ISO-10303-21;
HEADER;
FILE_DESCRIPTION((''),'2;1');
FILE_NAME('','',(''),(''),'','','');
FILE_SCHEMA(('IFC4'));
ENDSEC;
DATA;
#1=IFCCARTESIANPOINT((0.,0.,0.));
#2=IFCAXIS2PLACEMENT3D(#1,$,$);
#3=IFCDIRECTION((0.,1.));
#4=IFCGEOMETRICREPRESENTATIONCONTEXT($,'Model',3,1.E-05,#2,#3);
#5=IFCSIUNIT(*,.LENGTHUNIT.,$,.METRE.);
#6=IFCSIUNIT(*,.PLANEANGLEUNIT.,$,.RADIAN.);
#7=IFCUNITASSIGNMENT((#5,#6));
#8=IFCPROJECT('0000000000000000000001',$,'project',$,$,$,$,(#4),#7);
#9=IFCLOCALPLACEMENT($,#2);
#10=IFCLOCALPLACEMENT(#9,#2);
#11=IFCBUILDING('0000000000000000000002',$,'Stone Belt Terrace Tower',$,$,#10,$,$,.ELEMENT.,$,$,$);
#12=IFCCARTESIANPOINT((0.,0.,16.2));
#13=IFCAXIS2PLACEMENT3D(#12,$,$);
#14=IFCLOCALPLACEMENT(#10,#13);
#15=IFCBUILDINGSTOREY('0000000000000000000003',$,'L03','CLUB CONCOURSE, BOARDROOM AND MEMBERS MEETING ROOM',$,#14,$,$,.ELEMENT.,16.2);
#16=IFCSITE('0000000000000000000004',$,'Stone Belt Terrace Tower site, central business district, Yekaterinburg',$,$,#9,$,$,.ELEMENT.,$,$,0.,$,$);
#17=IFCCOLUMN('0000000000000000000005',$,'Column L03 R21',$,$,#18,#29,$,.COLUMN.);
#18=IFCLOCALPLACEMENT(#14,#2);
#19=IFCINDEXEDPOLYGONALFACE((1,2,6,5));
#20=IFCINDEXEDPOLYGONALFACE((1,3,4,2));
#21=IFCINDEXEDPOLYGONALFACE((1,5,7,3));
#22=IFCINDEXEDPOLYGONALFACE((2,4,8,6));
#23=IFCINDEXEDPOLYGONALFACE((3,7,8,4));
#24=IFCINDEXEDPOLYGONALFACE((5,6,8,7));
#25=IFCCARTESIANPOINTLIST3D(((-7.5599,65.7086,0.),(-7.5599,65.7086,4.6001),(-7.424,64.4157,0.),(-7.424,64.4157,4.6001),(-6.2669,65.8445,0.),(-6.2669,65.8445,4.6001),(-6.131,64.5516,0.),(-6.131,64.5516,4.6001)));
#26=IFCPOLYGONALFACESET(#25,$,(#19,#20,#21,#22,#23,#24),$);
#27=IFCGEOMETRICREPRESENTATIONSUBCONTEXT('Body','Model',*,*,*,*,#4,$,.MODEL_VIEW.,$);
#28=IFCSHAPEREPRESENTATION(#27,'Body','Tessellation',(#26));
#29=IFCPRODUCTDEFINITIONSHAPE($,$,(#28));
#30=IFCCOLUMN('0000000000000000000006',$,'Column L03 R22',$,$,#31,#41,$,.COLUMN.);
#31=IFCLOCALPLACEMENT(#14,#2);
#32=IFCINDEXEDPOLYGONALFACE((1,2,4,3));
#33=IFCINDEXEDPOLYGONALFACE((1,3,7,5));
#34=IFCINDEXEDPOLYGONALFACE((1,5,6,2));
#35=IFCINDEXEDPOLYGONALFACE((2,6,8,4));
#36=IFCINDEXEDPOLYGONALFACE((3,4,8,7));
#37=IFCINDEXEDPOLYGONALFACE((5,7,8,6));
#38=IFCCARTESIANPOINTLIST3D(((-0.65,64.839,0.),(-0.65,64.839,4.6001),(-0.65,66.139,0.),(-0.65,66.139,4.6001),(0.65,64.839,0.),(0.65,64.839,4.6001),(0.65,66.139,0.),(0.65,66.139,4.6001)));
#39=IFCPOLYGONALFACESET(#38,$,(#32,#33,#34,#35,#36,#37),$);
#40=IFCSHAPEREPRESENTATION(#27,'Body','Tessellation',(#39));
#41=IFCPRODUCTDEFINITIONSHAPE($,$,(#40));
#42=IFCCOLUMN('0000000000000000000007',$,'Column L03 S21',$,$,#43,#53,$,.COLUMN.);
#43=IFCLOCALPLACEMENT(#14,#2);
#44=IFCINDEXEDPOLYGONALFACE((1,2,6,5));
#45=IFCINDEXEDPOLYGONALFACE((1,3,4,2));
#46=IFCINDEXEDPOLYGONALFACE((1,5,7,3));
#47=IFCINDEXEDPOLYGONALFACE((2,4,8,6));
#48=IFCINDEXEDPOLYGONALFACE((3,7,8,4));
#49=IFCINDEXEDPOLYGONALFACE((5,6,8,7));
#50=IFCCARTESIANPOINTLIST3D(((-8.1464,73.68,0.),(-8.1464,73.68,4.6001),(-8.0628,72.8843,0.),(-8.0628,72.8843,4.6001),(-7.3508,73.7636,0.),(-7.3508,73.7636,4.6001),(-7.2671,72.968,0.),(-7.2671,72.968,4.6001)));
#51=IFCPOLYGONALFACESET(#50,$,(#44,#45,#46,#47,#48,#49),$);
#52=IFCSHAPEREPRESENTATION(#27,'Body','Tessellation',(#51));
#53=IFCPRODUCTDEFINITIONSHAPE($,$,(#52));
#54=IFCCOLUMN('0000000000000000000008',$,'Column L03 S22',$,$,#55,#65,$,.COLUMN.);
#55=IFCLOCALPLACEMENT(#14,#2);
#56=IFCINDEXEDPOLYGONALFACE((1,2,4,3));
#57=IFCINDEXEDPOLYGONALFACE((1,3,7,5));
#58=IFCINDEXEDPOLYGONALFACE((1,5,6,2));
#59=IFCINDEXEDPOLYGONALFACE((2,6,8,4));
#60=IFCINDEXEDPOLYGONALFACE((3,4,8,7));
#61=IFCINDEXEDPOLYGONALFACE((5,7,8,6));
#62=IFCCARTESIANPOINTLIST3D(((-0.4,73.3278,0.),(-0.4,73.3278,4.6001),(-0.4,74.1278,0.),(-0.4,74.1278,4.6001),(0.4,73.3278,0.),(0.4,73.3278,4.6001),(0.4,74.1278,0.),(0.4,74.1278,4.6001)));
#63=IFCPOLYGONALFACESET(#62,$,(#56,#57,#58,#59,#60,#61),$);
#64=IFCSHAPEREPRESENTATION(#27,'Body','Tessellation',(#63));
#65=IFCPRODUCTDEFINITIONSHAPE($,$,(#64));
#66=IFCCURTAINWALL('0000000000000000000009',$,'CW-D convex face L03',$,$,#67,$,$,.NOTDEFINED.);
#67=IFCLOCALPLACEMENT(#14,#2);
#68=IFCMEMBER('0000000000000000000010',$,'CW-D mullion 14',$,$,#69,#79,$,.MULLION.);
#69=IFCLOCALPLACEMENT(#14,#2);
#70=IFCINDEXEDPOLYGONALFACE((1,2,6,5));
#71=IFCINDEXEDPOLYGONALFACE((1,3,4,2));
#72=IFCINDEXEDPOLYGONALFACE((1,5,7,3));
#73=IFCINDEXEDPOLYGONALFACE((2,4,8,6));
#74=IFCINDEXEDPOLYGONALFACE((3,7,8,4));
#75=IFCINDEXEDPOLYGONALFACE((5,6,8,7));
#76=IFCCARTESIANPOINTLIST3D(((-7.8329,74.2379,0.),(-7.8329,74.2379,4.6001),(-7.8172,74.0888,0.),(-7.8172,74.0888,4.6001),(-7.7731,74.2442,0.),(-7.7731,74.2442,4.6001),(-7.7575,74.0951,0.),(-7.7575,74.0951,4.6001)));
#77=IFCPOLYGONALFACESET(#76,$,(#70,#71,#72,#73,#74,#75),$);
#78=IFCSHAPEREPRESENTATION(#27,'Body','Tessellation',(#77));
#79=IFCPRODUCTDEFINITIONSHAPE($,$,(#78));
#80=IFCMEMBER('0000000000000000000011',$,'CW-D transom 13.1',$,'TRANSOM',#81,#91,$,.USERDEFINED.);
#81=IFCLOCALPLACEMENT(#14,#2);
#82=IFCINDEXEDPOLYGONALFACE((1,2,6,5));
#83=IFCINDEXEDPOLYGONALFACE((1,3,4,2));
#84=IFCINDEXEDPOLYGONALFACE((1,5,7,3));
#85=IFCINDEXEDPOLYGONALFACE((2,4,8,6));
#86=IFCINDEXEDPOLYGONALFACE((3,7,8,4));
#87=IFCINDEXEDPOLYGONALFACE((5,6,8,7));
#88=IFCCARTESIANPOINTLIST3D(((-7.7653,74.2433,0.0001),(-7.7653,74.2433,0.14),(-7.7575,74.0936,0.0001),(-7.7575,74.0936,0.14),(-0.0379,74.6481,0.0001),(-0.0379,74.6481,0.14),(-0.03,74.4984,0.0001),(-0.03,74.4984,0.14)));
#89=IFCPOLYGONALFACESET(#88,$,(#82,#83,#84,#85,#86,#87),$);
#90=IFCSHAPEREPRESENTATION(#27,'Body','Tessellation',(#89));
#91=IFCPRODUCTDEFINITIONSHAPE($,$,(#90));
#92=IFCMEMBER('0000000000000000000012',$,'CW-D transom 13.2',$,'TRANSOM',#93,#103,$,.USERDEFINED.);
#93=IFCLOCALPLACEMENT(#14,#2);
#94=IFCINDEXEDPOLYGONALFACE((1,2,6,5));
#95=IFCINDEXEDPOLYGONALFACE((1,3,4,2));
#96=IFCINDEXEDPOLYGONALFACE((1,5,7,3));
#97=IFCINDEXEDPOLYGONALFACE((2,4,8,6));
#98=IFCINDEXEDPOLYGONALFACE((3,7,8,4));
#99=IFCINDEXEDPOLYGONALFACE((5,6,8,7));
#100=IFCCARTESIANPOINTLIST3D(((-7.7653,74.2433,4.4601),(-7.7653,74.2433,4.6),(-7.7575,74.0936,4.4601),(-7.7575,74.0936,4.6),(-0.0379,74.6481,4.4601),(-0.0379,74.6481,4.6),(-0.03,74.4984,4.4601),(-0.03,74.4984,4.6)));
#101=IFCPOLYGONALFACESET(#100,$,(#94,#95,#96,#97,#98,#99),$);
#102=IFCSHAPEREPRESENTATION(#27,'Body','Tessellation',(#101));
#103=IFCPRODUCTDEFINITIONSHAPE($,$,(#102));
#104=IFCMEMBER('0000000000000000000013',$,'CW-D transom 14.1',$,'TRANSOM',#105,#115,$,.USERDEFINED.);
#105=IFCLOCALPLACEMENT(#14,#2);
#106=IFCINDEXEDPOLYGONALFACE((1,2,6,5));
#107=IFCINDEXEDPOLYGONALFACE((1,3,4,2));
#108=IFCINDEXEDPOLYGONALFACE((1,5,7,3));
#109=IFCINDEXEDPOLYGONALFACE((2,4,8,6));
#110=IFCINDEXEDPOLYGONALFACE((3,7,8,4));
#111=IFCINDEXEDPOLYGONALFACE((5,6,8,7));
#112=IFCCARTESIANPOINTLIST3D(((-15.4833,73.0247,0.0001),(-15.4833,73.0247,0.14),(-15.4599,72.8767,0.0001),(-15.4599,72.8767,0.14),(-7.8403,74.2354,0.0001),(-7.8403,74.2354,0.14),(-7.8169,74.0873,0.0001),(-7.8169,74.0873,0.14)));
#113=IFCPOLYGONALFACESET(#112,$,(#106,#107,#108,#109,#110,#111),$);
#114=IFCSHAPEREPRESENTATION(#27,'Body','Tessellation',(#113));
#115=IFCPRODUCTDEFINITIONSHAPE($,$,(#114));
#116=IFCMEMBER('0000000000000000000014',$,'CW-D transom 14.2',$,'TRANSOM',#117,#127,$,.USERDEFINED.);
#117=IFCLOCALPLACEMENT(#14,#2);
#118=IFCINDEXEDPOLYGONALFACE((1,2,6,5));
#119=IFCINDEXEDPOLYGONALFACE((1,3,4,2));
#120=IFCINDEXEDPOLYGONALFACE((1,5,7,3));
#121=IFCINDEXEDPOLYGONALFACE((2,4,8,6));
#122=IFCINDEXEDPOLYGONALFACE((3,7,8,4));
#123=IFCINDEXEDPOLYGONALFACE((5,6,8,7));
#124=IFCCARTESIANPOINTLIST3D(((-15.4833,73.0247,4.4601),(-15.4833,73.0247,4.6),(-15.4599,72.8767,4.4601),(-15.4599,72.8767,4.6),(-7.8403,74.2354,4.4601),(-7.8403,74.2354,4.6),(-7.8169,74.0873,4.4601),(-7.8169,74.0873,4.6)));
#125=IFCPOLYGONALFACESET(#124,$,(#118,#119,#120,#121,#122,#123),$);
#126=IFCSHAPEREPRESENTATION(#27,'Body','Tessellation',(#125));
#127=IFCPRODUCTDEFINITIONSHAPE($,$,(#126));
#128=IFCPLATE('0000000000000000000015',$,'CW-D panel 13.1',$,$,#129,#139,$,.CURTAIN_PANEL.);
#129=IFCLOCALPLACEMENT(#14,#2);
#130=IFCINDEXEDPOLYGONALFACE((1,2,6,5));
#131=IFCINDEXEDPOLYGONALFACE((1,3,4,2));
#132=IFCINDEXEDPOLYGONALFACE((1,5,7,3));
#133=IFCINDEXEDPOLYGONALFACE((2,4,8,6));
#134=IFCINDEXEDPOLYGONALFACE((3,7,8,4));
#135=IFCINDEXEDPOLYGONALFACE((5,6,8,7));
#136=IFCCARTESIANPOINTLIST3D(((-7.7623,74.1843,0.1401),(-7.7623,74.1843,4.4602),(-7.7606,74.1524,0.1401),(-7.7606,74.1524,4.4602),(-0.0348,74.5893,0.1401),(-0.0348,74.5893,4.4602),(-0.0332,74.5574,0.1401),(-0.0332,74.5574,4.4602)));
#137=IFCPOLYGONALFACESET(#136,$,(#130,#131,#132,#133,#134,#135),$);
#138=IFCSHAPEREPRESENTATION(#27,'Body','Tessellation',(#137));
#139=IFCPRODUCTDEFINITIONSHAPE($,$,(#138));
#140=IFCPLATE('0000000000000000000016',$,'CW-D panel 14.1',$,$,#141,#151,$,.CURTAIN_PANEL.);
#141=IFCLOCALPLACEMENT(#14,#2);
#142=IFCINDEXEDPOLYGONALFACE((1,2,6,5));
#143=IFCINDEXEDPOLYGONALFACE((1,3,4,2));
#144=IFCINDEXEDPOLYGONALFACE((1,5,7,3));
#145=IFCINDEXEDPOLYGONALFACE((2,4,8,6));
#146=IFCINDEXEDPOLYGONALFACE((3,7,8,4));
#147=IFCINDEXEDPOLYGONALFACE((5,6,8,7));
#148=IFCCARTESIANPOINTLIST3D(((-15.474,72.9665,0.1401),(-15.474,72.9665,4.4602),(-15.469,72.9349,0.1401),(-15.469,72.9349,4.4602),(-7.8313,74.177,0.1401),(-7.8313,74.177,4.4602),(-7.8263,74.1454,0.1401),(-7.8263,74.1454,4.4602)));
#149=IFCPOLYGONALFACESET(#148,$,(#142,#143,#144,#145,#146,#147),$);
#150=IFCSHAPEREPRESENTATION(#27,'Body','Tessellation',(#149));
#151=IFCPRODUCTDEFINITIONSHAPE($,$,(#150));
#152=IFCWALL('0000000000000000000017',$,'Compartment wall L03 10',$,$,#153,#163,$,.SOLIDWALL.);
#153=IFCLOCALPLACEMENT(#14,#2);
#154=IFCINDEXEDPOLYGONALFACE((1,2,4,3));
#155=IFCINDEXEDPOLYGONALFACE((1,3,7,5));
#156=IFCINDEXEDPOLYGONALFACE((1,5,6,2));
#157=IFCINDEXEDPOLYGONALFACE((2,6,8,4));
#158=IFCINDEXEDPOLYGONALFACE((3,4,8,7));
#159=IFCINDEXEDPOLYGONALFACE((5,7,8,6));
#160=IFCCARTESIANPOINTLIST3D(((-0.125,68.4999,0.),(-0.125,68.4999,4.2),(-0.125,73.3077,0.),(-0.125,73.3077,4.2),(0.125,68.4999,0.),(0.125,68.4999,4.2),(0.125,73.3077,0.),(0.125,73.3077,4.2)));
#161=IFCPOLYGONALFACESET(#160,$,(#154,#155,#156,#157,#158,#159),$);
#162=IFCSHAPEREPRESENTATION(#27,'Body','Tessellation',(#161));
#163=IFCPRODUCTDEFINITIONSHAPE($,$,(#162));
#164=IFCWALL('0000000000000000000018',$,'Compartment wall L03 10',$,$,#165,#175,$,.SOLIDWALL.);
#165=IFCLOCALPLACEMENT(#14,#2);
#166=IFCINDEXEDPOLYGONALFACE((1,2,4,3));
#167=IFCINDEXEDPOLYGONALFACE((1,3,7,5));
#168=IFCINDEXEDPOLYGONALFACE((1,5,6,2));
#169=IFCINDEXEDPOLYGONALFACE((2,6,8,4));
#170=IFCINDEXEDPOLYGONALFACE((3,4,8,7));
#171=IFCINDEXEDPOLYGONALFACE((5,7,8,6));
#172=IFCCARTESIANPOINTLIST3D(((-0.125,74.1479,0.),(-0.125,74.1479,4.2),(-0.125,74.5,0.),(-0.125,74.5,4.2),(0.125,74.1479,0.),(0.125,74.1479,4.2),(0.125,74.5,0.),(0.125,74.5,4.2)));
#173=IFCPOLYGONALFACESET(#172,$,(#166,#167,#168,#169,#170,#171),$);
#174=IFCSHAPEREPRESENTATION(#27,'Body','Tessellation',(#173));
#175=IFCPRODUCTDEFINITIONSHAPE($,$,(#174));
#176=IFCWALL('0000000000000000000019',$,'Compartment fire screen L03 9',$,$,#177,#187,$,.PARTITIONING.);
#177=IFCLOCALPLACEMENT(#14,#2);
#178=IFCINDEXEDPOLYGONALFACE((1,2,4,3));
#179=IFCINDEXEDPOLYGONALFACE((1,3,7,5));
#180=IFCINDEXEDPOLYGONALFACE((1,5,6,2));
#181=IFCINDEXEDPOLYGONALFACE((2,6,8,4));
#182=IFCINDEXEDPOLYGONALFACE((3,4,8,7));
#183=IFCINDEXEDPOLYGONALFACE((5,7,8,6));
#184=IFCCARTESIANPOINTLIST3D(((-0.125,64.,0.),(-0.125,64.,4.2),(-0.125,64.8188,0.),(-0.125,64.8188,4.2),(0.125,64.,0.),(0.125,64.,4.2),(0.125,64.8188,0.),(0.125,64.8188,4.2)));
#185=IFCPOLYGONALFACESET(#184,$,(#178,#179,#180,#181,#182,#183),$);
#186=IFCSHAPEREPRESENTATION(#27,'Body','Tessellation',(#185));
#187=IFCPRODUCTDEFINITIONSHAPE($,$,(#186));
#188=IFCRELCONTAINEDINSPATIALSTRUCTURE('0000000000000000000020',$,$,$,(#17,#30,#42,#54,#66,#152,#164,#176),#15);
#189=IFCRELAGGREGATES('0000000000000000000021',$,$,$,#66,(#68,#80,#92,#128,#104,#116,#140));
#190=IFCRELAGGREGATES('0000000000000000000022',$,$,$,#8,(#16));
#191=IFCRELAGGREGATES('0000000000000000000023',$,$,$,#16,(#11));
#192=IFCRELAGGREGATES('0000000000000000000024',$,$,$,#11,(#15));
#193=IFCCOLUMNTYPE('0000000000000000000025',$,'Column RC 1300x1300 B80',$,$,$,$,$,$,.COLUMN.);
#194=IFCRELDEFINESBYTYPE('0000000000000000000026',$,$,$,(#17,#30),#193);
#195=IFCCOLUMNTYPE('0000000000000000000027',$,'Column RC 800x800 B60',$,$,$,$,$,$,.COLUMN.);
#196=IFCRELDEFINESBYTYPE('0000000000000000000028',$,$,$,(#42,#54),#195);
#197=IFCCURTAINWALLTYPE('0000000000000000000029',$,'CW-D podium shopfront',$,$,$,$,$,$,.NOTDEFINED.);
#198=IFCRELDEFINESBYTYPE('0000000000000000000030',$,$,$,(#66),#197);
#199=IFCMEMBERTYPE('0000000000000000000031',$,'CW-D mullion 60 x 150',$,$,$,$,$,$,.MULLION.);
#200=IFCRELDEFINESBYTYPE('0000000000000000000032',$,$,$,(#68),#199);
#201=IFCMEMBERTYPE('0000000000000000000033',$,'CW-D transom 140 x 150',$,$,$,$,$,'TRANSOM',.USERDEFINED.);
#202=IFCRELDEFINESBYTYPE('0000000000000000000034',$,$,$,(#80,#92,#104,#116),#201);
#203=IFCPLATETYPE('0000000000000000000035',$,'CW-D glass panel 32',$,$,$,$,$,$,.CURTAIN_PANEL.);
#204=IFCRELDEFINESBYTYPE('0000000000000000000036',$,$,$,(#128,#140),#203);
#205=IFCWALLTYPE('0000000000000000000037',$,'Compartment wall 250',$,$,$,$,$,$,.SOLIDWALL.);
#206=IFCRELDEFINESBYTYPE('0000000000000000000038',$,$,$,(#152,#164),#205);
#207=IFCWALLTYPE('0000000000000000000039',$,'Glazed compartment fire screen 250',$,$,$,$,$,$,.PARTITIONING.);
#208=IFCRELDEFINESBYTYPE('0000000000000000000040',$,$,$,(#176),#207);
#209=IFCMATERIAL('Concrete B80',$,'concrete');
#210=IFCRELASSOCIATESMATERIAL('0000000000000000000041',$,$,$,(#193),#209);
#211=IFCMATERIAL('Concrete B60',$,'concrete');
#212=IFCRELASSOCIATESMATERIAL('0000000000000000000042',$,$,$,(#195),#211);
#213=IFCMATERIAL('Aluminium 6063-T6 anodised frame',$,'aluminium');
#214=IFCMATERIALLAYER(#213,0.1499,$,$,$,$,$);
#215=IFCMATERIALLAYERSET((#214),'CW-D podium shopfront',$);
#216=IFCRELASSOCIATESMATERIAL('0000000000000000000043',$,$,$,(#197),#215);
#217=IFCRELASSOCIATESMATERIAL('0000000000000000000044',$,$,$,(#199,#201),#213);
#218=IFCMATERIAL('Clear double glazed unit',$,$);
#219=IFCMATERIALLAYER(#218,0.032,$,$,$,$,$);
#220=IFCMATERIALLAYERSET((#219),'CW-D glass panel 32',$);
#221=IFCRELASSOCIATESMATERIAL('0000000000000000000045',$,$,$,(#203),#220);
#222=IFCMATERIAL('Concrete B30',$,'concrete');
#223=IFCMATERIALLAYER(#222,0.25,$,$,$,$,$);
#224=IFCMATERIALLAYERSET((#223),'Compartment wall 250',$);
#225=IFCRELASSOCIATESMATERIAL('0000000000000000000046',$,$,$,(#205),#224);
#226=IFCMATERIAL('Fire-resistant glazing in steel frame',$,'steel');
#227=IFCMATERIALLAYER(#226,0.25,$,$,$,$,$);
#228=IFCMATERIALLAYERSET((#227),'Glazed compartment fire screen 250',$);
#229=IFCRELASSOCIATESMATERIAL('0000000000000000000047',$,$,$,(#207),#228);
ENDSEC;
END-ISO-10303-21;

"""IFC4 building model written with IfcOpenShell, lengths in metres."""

from ifc_helpers import new_model, si_unit, direction, frame, frame_2d, origin, origin_2d, place, context, subcontext, project, spatial, rectangle, extrude, material, layer, layer_set, material_profile, profile_set, type_object, element, aggregate, save


model = new_model("IFC4")

# Units and contexts
model_context = context("Model", 3, precision=1e-05, world=origin(), true_north=direction((0.0, 1.0)))
body_context = subcontext(model_context, "Body", "Model", "MODEL_VIEW")
ifc_project = project(units=[si_unit("LENGTHUNIT", "METRE"), si_unit("PLANEANGLEUNIT", "RADIAN")], contexts=[model_context])

# Site, building, storey
site_placement = place(None, origin())
site = spatial("IfcSite", under=ifc_project, at=site_placement, Name="Stone Belt Terrace Tower site, central business district, Yekaterinburg", CompositionType="ELEMENT", RefElevation=0.0)
building_placement = place(site_placement, origin())
building = spatial("IfcBuilding", under=site, at=building_placement, Name="Stone Belt Terrace Tower", CompositionType="ELEMENT")
storey_placement = place(building_placement, frame((0.0, 0.0, 16.2)))
storey = spatial("IfcBuildingStorey", under=building, at=storey_placement, Name="L03", Description="CLUB CONCOURSE, BOARDROOM AND MEMBERS MEETING ROOM", CompositionType="ELEMENT", Elevation=16.2)

# Columns
ifc_material_1 = material(Name="Concrete B80", Category="concrete")
ifc_material_profile_1 = material_profile(ifc_material_1, rectangle(XDim=1.3, YDim=1.3, at=origin_2d()), Name="RC 1300x1300")
ifc_profile_set_1 = profile_set([ifc_material_profile_1], Name="Concrete B80")
column_type_1 = type_object("IfcColumnType", Name="Column RC 1300x1300 B80", PredefinedType="COLUMN", material=ifc_profile_set_1)
for number, where, z_axis, x_axis, name in (
    (1, (-6.8455, 65.1301, 0.0), (0.0, 0.0, 1.0), (0.994522, 0.104528, 0.0), "Column L03 R21"),
    (2, (0.0, 65.489, 0.0), (0.0, 0.0, 1.0), (1.0, 0.0, 0.0), "Column L03 R22"),
):
    element("IfcColumn", number, at=place(storey_placement, frame(where, z_axis=z_axis, x_axis=x_axis)), inside=storey, type_object=column_type_1, Name=name, PredefinedType="COLUMN", context=body_context, shape_type="SweptSolid", body=[
        extrude(rectangle(XDim=1.3, YDim=1.3, at=origin_2d()), origin(), (0.0, 0.0, 1.0), 4.6001),
    ])
ifc_material_2 = material(Name="Concrete B60", Category="concrete")
ifc_material_profile_2 = material_profile(ifc_material_2, rectangle(XDim=0.8, YDim=0.8, at=origin_2d()), Name="RC 800x800")
ifc_profile_set_2 = profile_set([ifc_material_profile_2], Name="Concrete B60")
column_type_2 = type_object("IfcColumnType", Name="Column RC 800x800 B60", PredefinedType="COLUMN", material=ifc_profile_set_2)
for number, where, z_axis, x_axis, name in (
    (3, (-7.7068, 73.324, 0.0), (0.0, 0.0, 1.0), (0.994522, 0.104528, 0.0), "Column L03 S21"),
    (4, (0.0, 73.7278, 0.0), (0.0, 0.0, 1.0), (1.0, 0.0, 0.0), "Column L03 S22"),
):
    element("IfcColumn", number, at=place(storey_placement, frame(where, z_axis=z_axis, x_axis=x_axis)), inside=storey, type_object=column_type_2, Name=name, PredefinedType="COLUMN", context=body_context, shape_type="SweptSolid", body=[
        extrude(rectangle(XDim=0.8, YDim=0.8, at=origin_2d()), origin(), (0.0, 0.0, 1.0), 4.6001),
    ])

# Curtain wall, members, plates
ifc_material_3 = material(Name="Aluminium 6063-T6 anodised frame", Category="aluminium")
ifc_layer_1 = layer(ifc_material_3, 0.1499)
ifc_layer_set_1 = layer_set([ifc_layer_1], Name="CW-D podium shopfront")
curtain_wall_type = type_object("IfcCurtainWallType", Name="CW-D podium shopfront", PredefinedType="NOTDEFINED", material=ifc_layer_set_1)
curtain_wall_placement = place(storey_placement, origin())
curtain_wall = element("IfcCurtainWall", 5, at=curtain_wall_placement, inside=storey, type_object=curtain_wall_type, Name="CW-D convex face L03", PredefinedType="NOTDEFINED")
ifc_material_profile_3 = material_profile(ifc_material_3, rectangle(XDim=0.1499, YDim=0.0601, at=origin_2d()), Name="Aluminium 6063-T6 60x150")
ifc_profile_set_3 = profile_set([ifc_material_profile_3], Name="Aluminium 6063-T6 anodised frame")
member_type_1 = type_object("IfcMemberType", Name="CW-D mullion 60 x 150", PredefinedType="MULLION", material=ifc_profile_set_3)
member_1_placement = place(storey_placement, frame((-7.7952, 74.1665, 0.0), z_axis=(0.0, 0.0, 1.0), x_axis=(0.104528, -0.994522, 0.0)))
member_1 = element("IfcMember", 6, at=member_1_placement, type_object=member_type_1, Name="CW-D mullion 14", PredefinedType="MULLION", context=body_context, shape_type="SweptSolid", body=[
    extrude(rectangle(XDim=0.1499, YDim=0.0601, at=origin_2d()), origin(), (0.0, 0.0, 1.0), 4.6001),
])
ifc_material_profile_4 = material_profile(ifc_material_3, rectangle(XDim=0.1499, YDim=0.1399, at=origin_2d()), Name="Aluminium 6063-T6 150x140")
ifc_profile_set_4 = profile_set([ifc_material_profile_4], Name="Aluminium 6063-T6 anodised frame")
member_type_2 = type_object("IfcMemberType", Name="CW-D transom 140 x 150", ElementType="TRANSOM", PredefinedType="USERDEFINED", material=ifc_profile_set_4)
member_2_placement = place(storey_placement, frame((-0.0339, 74.5732, 0.0701), z_axis=(-0.998631, -0.05231, 0.0), x_axis=(0.05231, -0.998631, 0.0)))
member_2 = element("IfcMember", 7, at=member_2_placement, type_object=member_type_2, Name="CW-D transom 13.1", ObjectType="TRANSOM", PredefinedType="USERDEFINED", context=body_context, shape_type="SweptSolid", body=[
    extrude(rectangle(XDim=0.1499, YDim=0.1399, at=origin_2d()), origin(), (0.0, 0.0, 1.0), 7.738),
])
member_3_placement = place(storey_placement, frame((-0.0339, 74.5732, 4.53), z_axis=(-0.998631, -0.05231, 0.0), x_axis=(0.05231, -0.998631, 0.0)))
member_3 = element("IfcMember", 8, at=member_3_placement, type_object=member_type_2, Name="CW-D transom 13.2", ObjectType="TRANSOM", PredefinedType="USERDEFINED", context=body_context, shape_type="SweptSolid", body=[
    extrude(rectangle(XDim=0.1499, YDim=0.1399, at=origin_2d()), origin(), (0.0, 0.0, 1.0), 7.738),
])
member_4_placement = place(storey_placement, frame((-7.8286, 74.1614, 0.0701), z_axis=(-0.987685, -0.156453, 0.0), x_axis=(0.156453, -0.987685, 0.0)))
member_4 = element("IfcMember", 9, at=member_4_placement, type_object=member_type_2, Name="CW-D transom 14.1", ObjectType="TRANSOM", PredefinedType="USERDEFINED", context=body_context, shape_type="SweptSolid", body=[
    extrude(rectangle(XDim=0.1499, YDim=0.1399, at=origin_2d()), origin(), (0.0, 0.0, 1.0), 7.7383),
])
member_5_placement = place(storey_placement, frame((-7.8286, 74.1614, 4.53), z_axis=(-0.987685, -0.156453, 0.0), x_axis=(0.156453, -0.987685, 0.0)))
member_5 = element("IfcMember", 10, at=member_5_placement, type_object=member_type_2, Name="CW-D transom 14.2", ObjectType="TRANSOM", PredefinedType="USERDEFINED", context=body_context, shape_type="SweptSolid", body=[
    extrude(rectangle(XDim=0.1499, YDim=0.1399, at=origin_2d()), origin(), (0.0, 0.0, 1.0), 7.7383),
])
ifc_material_4 = material(Name="Clear double glazed unit")
ifc_layer_2 = layer(ifc_material_4, 0.032)
ifc_layer_set_2 = layer_set([ifc_layer_2], Name="CW-D glass panel 32")
plate_type = type_object("IfcPlateType", Name="CW-D glass panel 32", PredefinedType="CURTAIN_PANEL", material=ifc_layer_set_2)
plate_1_placement = place(storey_placement, frame((-3.8977, 74.3708, 0.1401), z_axis=(0.0, 0.0, 1.0), x_axis=(-0.99863, -0.052336, 0.0)))
plate_1 = element("IfcPlate", 11, at=plate_1_placement, type_object=plate_type, Name="CW-D panel 13.1", PredefinedType="CURTAIN_PANEL", context=body_context, shape_type="SweptSolid", body=[
    extrude(rectangle(XDim=7.738, YDim=0.032, at=origin_2d()), origin(), (0.0, 0.0, 1.0), 4.3201),
])
plate_2_placement = place(storey_placement, frame((-11.6501, 73.5559, 0.1401), z_axis=(0.0, 0.0, 1.0), x_axis=(-0.987688, -0.156434, 0.0)))
plate_2 = element("IfcPlate", 12, at=plate_2_placement, type_object=plate_type, Name="CW-D panel 14.1", PredefinedType="CURTAIN_PANEL", context=body_context, shape_type="SweptSolid", body=[
    extrude(rectangle(XDim=7.738, YDim=0.032, at=origin_2d()), origin(), (0.0, 0.0, 1.0), 4.3201),
])
aggregate(curtain_wall, [member_1, member_2, member_3, plate_1, member_4, member_5, plate_2])

# Walls
ifc_material_5 = material(Name="Concrete B30", Category="concrete")
ifc_layer_3 = layer(ifc_material_5, 0.25)
ifc_layer_set_3 = layer_set([ifc_layer_3], Name="Compartment wall 250")
wall_type_1 = type_object("IfcWallType", Name="Compartment wall 250", PredefinedType="SOLIDWALL", material=ifc_layer_set_3)
wall_1_placement = place(storey_placement, frame((0.0, 68.5, 0.0), z_axis=(0.0, 0.0, 1.0), x_axis=(0.0, 1.0, 0.0)))
element("IfcWall", 13, at=wall_1_placement, inside=storey, type_object=wall_type_1, Name="Compartment wall L03 10", PredefinedType="SOLIDWALL", context=body_context, shape_type="SweptSolid", body=[
    extrude(rectangle(XDim=4.8079, YDim=0.25, at=frame_2d((2.4038, 0.0))), origin(), (0.0, 0.0, 1.0), 4.2),
])
wall_2_placement = place(storey_placement, frame((0.0, 74.1479, 0.0), z_axis=(0.0, 0.0, 1.0), x_axis=(0.0, 1.0, 0.0)))
element("IfcWall", 14, at=wall_2_placement, inside=storey, type_object=wall_type_1, Name="Compartment wall L03 10", PredefinedType="SOLIDWALL", context=body_context, shape_type="SweptSolid", body=[
    extrude(rectangle(XDim=0.3521, YDim=0.25, at=frame_2d((0.176, 0.0))), origin(), (0.0, 0.0, 1.0), 4.2),
])
ifc_material_6 = material(Name="Fire-resistant glazing in steel frame", Category="steel")
ifc_layer_4 = layer(ifc_material_6, 0.25)
ifc_layer_set_4 = layer_set([ifc_layer_4], Name="Glazed compartment fire screen 250")
wall_type_2 = type_object("IfcWallType", Name="Glazed compartment fire screen 250", PredefinedType="PARTITIONING", material=ifc_layer_set_4)
wall_3_placement = place(storey_placement, frame((0.0, 64.0, 0.0), z_axis=(0.0, 0.0, 1.0), x_axis=(0.0, 1.0, 0.0)))
element("IfcWall", 15, at=wall_3_placement, inside=storey, type_object=wall_type_2, Name="Compartment fire screen L03 9", PredefinedType="PARTITIONING", context=body_context, shape_type="SweptSolid", body=[
    extrude(rectangle(XDim=0.8188, YDim=0.25, at=frame_2d((0.4094, 0.0))), origin(), (0.0, 0.0, 1.0), 4.2),
])

save(model, "model.ifc")
